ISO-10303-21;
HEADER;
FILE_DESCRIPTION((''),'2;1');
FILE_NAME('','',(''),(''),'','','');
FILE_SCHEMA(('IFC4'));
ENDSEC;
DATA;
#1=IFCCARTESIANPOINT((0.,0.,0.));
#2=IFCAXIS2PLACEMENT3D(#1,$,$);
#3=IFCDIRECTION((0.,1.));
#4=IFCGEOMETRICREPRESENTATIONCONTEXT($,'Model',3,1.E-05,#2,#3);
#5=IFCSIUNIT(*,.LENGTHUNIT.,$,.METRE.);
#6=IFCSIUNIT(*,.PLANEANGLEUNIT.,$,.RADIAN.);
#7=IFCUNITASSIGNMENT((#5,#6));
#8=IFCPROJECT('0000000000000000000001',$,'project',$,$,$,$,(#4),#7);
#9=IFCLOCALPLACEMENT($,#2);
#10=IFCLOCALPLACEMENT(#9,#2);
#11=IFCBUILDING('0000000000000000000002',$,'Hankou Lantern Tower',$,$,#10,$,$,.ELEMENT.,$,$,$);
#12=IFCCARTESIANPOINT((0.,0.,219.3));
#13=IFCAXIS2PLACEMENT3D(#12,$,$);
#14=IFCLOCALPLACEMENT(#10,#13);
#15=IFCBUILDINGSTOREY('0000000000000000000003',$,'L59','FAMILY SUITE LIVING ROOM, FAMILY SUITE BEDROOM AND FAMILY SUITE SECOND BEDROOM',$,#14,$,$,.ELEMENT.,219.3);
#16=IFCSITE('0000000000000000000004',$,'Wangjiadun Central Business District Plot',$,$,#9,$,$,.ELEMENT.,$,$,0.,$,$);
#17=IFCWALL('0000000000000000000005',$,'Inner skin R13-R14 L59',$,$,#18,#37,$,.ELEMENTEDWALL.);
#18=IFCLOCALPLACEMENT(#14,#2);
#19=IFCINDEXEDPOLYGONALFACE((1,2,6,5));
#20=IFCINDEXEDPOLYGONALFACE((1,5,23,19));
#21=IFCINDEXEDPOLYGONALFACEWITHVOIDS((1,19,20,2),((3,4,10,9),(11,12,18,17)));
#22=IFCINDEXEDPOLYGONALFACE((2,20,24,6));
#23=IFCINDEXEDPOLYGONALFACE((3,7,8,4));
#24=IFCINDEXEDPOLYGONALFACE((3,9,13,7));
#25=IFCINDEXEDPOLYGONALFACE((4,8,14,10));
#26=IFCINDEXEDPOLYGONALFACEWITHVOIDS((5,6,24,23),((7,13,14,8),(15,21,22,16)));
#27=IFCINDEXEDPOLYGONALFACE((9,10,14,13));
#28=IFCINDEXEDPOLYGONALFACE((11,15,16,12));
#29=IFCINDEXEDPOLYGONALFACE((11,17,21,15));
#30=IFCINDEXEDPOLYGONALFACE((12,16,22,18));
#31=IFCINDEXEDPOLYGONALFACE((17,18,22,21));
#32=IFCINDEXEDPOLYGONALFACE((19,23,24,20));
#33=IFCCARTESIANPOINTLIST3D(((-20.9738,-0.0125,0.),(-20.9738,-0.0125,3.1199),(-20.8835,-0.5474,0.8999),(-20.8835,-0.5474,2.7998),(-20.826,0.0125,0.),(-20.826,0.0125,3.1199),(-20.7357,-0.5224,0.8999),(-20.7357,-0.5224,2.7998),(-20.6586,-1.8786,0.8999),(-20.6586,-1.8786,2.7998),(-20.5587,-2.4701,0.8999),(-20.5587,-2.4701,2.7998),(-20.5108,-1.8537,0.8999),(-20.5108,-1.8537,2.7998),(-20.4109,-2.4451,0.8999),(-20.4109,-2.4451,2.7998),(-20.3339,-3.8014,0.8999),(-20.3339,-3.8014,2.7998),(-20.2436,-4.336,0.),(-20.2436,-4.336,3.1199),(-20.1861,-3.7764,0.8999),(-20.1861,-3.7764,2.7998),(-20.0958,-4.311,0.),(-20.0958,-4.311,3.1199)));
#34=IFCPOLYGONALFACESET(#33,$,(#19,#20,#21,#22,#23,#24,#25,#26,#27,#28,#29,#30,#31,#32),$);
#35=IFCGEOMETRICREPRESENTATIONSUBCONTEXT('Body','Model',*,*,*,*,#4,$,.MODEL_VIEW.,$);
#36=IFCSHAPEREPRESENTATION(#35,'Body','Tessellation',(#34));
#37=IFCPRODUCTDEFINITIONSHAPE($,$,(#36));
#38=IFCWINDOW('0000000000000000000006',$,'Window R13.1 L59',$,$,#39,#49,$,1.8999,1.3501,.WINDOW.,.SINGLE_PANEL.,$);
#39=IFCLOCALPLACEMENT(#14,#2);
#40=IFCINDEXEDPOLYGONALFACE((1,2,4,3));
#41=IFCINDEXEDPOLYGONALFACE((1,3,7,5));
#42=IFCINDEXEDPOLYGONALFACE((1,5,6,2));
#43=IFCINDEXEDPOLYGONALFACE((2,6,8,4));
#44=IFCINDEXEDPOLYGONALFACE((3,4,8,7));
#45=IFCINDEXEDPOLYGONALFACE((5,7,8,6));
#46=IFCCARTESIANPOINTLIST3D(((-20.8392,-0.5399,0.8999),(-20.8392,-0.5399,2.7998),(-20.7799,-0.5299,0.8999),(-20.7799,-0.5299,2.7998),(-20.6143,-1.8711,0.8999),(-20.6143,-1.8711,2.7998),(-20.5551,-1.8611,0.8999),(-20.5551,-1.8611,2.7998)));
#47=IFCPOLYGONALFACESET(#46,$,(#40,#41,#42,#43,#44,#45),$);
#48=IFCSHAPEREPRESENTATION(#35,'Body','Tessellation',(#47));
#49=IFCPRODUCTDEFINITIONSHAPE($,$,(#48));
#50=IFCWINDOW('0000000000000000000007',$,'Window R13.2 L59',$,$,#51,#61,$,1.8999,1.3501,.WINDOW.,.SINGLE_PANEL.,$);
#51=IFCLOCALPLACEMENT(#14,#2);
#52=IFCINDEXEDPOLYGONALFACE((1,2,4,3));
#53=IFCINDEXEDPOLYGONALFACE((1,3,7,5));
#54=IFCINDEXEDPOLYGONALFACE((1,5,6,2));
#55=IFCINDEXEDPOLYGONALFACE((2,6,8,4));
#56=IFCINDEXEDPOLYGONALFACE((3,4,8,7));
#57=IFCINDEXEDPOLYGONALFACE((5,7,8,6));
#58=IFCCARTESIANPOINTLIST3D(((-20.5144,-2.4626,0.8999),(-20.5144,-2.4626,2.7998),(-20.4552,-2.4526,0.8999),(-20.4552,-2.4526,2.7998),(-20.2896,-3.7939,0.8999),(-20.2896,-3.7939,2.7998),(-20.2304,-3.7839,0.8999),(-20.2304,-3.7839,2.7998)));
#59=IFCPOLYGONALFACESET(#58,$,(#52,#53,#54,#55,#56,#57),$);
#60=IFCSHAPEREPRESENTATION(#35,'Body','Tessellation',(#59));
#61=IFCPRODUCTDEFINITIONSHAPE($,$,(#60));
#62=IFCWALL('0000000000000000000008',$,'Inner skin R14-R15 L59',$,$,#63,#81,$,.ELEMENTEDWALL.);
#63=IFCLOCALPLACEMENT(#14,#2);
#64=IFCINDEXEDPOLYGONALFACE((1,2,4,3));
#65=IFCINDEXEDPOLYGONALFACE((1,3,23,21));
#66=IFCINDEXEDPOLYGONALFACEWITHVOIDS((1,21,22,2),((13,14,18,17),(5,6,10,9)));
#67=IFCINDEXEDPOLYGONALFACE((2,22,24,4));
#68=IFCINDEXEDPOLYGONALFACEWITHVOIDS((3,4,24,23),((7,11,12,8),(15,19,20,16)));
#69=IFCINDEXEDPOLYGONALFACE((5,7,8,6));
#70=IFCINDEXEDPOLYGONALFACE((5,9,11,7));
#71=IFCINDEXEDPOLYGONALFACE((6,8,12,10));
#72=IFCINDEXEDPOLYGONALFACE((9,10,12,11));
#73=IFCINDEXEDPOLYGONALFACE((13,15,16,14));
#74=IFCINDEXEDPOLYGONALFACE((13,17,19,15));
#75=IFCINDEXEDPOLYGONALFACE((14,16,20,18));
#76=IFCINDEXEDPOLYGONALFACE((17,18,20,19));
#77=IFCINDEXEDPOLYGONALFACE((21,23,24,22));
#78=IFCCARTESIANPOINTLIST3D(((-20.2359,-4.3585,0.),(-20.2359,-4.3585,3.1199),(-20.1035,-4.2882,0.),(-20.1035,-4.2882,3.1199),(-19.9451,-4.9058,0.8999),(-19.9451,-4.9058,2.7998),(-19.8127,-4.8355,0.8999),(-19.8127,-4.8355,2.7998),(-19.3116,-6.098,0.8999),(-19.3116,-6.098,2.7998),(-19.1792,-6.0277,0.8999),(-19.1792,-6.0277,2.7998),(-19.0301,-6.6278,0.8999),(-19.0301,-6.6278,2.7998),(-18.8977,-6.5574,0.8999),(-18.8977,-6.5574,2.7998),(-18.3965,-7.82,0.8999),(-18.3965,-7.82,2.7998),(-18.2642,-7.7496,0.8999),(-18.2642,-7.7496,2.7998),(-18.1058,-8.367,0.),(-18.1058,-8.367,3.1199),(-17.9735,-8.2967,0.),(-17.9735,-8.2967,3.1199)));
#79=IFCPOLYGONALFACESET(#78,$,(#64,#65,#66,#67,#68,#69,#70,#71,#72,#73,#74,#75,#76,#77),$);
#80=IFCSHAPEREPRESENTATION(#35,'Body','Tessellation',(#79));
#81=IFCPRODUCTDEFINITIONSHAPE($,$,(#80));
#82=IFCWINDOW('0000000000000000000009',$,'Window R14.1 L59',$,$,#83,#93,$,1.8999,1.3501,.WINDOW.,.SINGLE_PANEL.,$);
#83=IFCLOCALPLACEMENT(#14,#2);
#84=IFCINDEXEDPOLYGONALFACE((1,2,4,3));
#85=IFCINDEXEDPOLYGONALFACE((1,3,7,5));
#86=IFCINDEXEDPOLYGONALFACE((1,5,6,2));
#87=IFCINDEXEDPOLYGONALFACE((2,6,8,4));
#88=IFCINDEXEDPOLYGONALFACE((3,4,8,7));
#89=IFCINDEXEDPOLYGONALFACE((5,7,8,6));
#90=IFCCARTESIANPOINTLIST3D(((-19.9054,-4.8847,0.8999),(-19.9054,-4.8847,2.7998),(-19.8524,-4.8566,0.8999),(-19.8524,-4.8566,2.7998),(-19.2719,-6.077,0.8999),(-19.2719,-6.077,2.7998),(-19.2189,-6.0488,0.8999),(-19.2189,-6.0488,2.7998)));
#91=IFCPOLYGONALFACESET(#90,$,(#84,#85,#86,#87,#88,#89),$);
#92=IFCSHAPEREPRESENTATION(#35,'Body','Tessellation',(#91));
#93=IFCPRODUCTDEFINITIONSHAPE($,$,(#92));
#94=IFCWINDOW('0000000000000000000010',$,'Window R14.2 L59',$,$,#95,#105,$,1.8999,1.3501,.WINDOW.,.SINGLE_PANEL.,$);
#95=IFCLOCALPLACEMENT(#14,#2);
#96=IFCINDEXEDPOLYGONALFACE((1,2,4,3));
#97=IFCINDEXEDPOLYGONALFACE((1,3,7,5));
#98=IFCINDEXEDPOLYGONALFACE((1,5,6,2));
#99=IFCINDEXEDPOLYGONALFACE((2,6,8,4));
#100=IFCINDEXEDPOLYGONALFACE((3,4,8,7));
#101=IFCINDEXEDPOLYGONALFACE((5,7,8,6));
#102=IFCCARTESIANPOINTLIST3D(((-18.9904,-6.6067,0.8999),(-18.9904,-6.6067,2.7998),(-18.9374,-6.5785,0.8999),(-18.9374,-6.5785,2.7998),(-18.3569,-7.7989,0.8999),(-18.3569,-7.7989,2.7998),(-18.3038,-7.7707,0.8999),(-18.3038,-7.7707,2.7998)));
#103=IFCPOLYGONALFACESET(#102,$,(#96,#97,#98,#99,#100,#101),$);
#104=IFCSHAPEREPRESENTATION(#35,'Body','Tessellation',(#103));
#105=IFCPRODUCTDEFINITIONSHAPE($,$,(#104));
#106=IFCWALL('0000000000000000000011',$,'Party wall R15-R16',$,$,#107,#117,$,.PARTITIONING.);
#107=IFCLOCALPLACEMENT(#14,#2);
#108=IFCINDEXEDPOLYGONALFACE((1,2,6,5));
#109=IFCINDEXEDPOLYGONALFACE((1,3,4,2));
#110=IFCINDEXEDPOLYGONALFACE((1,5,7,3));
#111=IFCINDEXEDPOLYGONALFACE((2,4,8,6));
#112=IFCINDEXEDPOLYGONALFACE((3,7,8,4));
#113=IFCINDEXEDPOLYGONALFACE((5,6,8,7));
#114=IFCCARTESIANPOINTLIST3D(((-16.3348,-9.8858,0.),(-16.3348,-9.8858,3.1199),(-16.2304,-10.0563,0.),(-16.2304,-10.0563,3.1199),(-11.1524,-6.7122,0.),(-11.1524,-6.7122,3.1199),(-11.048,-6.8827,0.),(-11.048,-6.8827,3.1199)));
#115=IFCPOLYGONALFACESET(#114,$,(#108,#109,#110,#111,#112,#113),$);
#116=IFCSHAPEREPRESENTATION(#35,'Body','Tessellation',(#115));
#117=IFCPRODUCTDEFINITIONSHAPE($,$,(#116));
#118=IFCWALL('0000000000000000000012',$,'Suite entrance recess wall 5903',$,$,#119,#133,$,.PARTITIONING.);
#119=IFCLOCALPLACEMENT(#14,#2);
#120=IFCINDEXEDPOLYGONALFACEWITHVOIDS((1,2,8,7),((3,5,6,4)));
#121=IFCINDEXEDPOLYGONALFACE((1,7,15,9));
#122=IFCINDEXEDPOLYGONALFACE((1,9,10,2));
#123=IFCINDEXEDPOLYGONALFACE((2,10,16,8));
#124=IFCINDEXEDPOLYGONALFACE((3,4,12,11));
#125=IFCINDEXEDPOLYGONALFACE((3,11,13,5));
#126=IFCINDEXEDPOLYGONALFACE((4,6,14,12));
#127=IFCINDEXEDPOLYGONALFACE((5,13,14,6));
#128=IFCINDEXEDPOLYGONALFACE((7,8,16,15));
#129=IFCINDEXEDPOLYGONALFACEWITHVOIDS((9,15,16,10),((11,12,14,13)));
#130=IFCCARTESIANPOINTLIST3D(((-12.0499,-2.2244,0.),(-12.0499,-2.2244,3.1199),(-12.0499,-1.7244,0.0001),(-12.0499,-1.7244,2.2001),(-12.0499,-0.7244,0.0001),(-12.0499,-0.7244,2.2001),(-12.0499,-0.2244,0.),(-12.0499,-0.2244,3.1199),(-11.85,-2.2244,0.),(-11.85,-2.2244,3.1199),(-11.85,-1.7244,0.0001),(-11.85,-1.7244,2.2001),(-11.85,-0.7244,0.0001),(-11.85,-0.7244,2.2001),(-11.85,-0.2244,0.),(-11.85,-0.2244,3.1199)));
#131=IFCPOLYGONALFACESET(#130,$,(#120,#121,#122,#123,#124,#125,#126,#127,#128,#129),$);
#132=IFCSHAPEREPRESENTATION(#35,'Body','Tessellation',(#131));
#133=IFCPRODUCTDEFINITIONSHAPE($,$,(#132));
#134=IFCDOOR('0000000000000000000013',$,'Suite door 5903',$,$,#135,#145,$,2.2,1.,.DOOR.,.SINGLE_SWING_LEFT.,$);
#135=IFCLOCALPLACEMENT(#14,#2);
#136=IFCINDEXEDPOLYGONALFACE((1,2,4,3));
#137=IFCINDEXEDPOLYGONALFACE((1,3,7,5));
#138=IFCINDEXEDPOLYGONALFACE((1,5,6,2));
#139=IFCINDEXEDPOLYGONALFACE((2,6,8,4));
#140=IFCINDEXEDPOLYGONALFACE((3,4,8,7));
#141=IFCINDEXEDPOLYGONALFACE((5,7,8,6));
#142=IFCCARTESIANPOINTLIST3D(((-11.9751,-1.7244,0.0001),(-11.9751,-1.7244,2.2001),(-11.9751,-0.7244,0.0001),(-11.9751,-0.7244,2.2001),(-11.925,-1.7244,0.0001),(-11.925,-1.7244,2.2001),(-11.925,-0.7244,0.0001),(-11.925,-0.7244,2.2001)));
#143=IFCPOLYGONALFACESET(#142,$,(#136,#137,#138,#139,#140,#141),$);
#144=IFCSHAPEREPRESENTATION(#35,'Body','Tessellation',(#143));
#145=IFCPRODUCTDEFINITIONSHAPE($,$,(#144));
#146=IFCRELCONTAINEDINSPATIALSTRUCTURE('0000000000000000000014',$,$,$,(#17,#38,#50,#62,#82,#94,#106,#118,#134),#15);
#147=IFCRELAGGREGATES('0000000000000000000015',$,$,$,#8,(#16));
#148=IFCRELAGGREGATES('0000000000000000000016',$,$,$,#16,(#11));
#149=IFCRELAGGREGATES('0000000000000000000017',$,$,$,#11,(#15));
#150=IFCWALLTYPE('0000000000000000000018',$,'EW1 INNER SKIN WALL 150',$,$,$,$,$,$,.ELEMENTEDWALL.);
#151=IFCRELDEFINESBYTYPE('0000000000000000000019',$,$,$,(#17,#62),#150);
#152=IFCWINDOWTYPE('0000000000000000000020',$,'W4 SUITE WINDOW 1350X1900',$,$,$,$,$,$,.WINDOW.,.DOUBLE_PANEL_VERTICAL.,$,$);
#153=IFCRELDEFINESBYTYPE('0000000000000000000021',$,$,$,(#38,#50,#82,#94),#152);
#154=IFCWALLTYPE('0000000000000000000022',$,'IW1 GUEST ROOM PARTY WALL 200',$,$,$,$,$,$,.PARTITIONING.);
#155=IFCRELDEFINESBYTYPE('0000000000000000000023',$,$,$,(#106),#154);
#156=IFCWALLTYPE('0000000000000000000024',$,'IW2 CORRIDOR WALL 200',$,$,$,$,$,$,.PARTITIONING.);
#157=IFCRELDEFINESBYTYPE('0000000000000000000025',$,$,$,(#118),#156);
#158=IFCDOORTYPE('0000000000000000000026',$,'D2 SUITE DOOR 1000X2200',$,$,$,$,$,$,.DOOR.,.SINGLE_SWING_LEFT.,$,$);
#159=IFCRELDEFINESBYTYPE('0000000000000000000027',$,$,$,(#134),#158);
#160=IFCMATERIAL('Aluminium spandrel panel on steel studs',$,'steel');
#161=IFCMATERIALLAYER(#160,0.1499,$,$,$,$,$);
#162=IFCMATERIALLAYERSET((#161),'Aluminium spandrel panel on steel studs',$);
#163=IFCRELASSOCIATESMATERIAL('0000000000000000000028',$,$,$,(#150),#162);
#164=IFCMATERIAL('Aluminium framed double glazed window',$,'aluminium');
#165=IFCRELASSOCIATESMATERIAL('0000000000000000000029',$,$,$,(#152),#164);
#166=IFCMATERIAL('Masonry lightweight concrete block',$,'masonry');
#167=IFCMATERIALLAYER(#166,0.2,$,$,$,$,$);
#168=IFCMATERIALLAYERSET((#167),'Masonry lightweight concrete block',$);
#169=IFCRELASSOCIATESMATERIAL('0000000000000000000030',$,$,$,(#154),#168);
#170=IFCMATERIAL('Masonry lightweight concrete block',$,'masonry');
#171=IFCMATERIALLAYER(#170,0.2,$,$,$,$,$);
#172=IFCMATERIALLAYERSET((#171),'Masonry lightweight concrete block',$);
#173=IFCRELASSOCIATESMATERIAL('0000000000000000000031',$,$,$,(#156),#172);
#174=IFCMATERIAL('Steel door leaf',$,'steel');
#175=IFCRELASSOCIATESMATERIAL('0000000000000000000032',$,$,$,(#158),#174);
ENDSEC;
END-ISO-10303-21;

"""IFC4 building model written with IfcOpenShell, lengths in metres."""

from ifc_helpers import new_model, si_unit, direction, frame, frame_2d, origin, place, context, subcontext, project, spatial, rectangle, extrude, material, layer, layer_set, type_object, element, fill, save


model = new_model("IFC4")

# Units and contexts
model_context = context("Model", 3, precision=1e-05, world=origin(), true_north=direction((0.0, 1.0)))
body_context = subcontext(model_context, "Body", "Model", "MODEL_VIEW")
ifc_project = project(units=[si_unit("LENGTHUNIT", "METRE"), si_unit("PLANEANGLEUNIT", "RADIAN")], contexts=[model_context])

# Site, building, storey
site_placement = place(None, origin())
site = spatial("IfcSite", under=ifc_project, at=site_placement, Name="Wangjiadun Central Business District Plot", CompositionType="ELEMENT", RefElevation=0.0)
building_placement = place(site_placement, origin())
building = spatial("IfcBuilding", under=site, at=building_placement, Name="Hankou Lantern Tower", CompositionType="ELEMENT")
storey_placement = place(building_placement, frame((0.0, 0.0, 219.3)))
storey = spatial("IfcBuildingStorey", under=building, at=storey_placement, Name="L59", Description="FAMILY SUITE LIVING ROOM, FAMILY SUITE BEDROOM AND FAMILY SUITE SECOND BEDROOM", CompositionType="ELEMENT", Elevation=219.3)

# Walls, openings, windows
ifc_material_1 = material(Name="Aluminium spandrel panel on steel studs", Category="steel")
ifc_layer_1 = layer(ifc_material_1, 0.1499)
ifc_layer_set_1 = layer_set([ifc_layer_1], Name="Aluminium spandrel panel on steel studs")
wall_type_1 = type_object("IfcWallType", Name="EW1 INNER SKIN WALL 150", PredefinedType="ELEMENTEDWALL", material=ifc_layer_set_1)
wall_1_placement = place(storey_placement, frame((-20.8999, 0.0, 0.0), z_axis=(0.0, 0.0, 1.0), x_axis=(0.166539, -0.986035, 0.0)))
wall_1 = element("IfcWall", 1, at=wall_1_placement, inside=storey, type_object=wall_type_1, Name="Inner skin R13-R14 L59", PredefinedType="ELEMENTEDWALL", context=body_context, shape_type="SweptSolid", body=[
    extrude(rectangle(XDim=4.3848, YDim=0.1499, at=frame_2d((2.1924, 0.0))), origin(), (0.0, 0.0, 1.0), 3.1199),
])
opening_1_placement = place(wall_1_placement, frame((0.5425, 0.0, 0.8999)))
opening_1 = element("IfcOpeningElement", 2, at=opening_1_placement, cuts=wall_1, PredefinedType="OPENING", context=body_context, shape_type="SweptSolid", body=[
    extrude(rectangle(XDim=1.3501, YDim=1.8999, at=frame_2d((0.675, 0.95))), frame((0.0, 0.085, 0.0), z_axis=(0.0, -1.0, 0.0), x_axis=(1.0, 0.0, 0.0)), (0.0, 0.0, 1.0), 0.1699),
])
opening_2_placement = place(wall_1_placement, frame((2.4924, 0.0, 0.8999)))
opening_2 = element("IfcOpeningElement", 3, at=opening_2_placement, cuts=wall_1, PredefinedType="OPENING", context=body_context, shape_type="SweptSolid", body=[
    extrude(rectangle(XDim=1.3501, YDim=1.8999, at=frame_2d((0.675, 0.95))), frame((0.0, 0.085, 0.0), z_axis=(0.0, -1.0, 0.0), x_axis=(1.0, 0.0, 0.0)), (0.0, 0.0, 1.0), 0.1699),
])
ifc_material_2 = material(Name="Aluminium framed double glazed window", Category="aluminium")
window_type = type_object("IfcWindowType", Name="W4 SUITE WINDOW 1350X1900", PartitioningType="DOUBLE_PANEL_VERTICAL", PredefinedType="WINDOW", material=ifc_material_2)
window_1_placement = place(opening_1_placement, origin())
window_1 = element("IfcWindow", 4, at=window_1_placement, inside=storey, type_object=window_type, Name="Window R13.1 L59", OverallHeight=1.8999, OverallWidth=1.3501, PartitioningType="SINGLE_PANEL", PredefinedType="WINDOW", context=body_context, shape_type="SweptSolid", body=[
    extrude(rectangle(XDim=1.3501, YDim=1.8999, at=frame_2d((0.675, 0.95))), frame((0.0, 0.03, 0.0), z_axis=(0.0, -1.0, 0.0), x_axis=(1.0, 0.0, 0.0)), (0.0, 0.0, 1.0), 0.0601),
])
fill(opening_1, window_1)
window_2_placement = place(opening_2_placement, origin())
window_2 = element("IfcWindow", 5, at=window_2_placement, inside=storey, type_object=window_type, Name="Window R13.2 L59", OverallHeight=1.8999, OverallWidth=1.3501, PartitioningType="SINGLE_PANEL", PredefinedType="WINDOW", context=body_context, shape_type="SweptSolid", body=[
    extrude(rectangle(XDim=1.3501, YDim=1.8999, at=frame_2d((0.675, 0.95))), frame((0.0, 0.03, 0.0), z_axis=(0.0, -1.0, 0.0), x_axis=(1.0, 0.0, 0.0)), (0.0, 0.0, 1.0), 0.0601),
])
fill(opening_2, window_2)
wall_2_placement = place(storey_placement, frame((-20.1697, -4.3235, 0.0), z_axis=(0.0, 0.0, 1.0), x_axis=(0.469256, -0.883062, 0.0)))
wall_2 = element("IfcWall", 6, at=wall_2_placement, inside=storey, type_object=wall_type_1, Name="Inner skin R14-R15 L59", PredefinedType="ELEMENTEDWALL", context=body_context, shape_type="SweptSolid", body=[
    extrude(rectangle(XDim=4.5393, YDim=0.1499, at=frame_2d((2.2695, 0.0))), origin(), (0.0, 0.0, 1.0), 3.1199),
])
opening_3_placement = place(wall_2_placement, frame((0.6196, 0.0, 0.8999)))
opening_3 = element("IfcOpeningElement", 7, at=opening_3_placement, cuts=wall_2, PredefinedType="OPENING", context=body_context, shape_type="SweptSolid", body=[
    extrude(rectangle(XDim=1.3501, YDim=1.8999, at=frame_2d((0.675, 0.95))), frame((0.0, 0.085, 0.0), z_axis=(0.0, -1.0, 0.0), x_axis=(1.0, 0.0, 0.0)), (0.0, 0.0, 1.0), 0.1699),
])
opening_4_placement = place(wall_2_placement, frame((2.5696, 0.0, 0.8999)))
opening_4 = element("IfcOpeningElement", 8, at=opening_4_placement, cuts=wall_2, PredefinedType="OPENING", context=body_context, shape_type="SweptSolid", body=[
    extrude(rectangle(XDim=1.3501, YDim=1.8999, at=frame_2d((0.675, 0.95))), frame((0.0, 0.085, 0.0), z_axis=(0.0, -1.0, 0.0), x_axis=(1.0, 0.0, 0.0)), (0.0, 0.0, 1.0), 0.1699),
])
window_3_placement = place(opening_3_placement, origin())
window_3 = element("IfcWindow", 9, at=window_3_placement, inside=storey, type_object=window_type, Name="Window R14.1 L59", OverallHeight=1.8999, OverallWidth=1.3501, PartitioningType="SINGLE_PANEL", PredefinedType="WINDOW", context=body_context, shape_type="SweptSolid", body=[
    extrude(rectangle(XDim=1.3501, YDim=1.8999, at=frame_2d((0.675, 0.95))), frame((0.0, 0.03, 0.0), z_axis=(0.0, -1.0, 0.0), x_axis=(1.0, 0.0, 0.0)), (0.0, 0.0, 1.0), 0.0601),
])
fill(opening_3, window_3)
window_4_placement = place(opening_4_placement, origin())
window_4 = element("IfcWindow", 10, at=window_4_placement, inside=storey, type_object=window_type, Name="Window R14.2 L59", OverallHeight=1.8999, OverallWidth=1.3501, PartitioningType="SINGLE_PANEL", PredefinedType="WINDOW", context=body_context, shape_type="SweptSolid", body=[
    extrude(rectangle(XDim=1.3501, YDim=1.8999, at=frame_2d((0.675, 0.95))), frame((0.0, 0.03, 0.0), z_axis=(0.0, -1.0, 0.0), x_axis=(1.0, 0.0, 0.0)), (0.0, 0.0, 1.0), 0.0601),
])
fill(opening_4, window_4)

# Wall
ifc_material_3 = material(Name="Masonry lightweight concrete block", Category="masonry")
ifc_layer_2 = layer(ifc_material_3, 0.2)
ifc_layer_set_2 = layer_set([ifc_layer_2], Name="Masonry lightweight concrete block")
wall_type_2 = type_object("IfcWallType", Name="IW1 GUEST ROOM PARTY WALL 200", PredefinedType="PARTITIONING", material=ifc_layer_set_2)
wall_3_placement = place(storey_placement, frame((-11.1001, -6.7974, 0.0), z_axis=(0.0, 0.0, 1.0), x_axis=(-0.8528, -0.522238, 0.0)))
element("IfcWall", 11, at=wall_3_placement, inside=storey, type_object=wall_type_2, Name="Party wall R15-R16", PredefinedType="PARTITIONING", context=body_context, shape_type="SweptSolid", body=[
    extrude(rectangle(XDim=6.0769, YDim=0.2, at=frame_2d((3.0386, 0.0))), origin(), (0.0, 0.0, 1.0), 3.1199),
])

# Wall, opening, door
ifc_material_4 = material(Name="Masonry lightweight concrete block", Category="masonry")
ifc_layer_3 = layer(ifc_material_4, 0.2)
ifc_layer_set_3 = layer_set([ifc_layer_3], Name="Masonry lightweight concrete block")
wall_type_3 = type_object("IfcWallType", Name="IW2 CORRIDOR WALL 200", PredefinedType="PARTITIONING", material=ifc_layer_set_3)
wall_4_placement = place(storey_placement, frame((-11.95, -0.2244, 0.0), z_axis=(0.0, 0.0, 1.0), x_axis=(0.0, -1.0, 0.0)))
wall_4 = element("IfcWall", 12, at=wall_4_placement, inside=storey, type_object=wall_type_3, Name="Suite entrance recess wall 5903", PredefinedType="PARTITIONING", context=body_context, shape_type="SweptSolid", body=[
    extrude(rectangle(XDim=2.0, YDim=0.2, at=frame_2d((1.0, 0.0))), origin(), (0.0, 0.0, 1.0), 3.1199),
])
opening_5_placement = place(wall_4_placement, frame((0.5, 0.0, 0.0)))
opening_5 = element("IfcOpeningElement", 13, at=opening_5_placement, cuts=wall_4, PredefinedType="OPENING", context=body_context, shape_type="SweptSolid", body=[
    extrude(rectangle(XDim=1.0, YDim=2.2, at=frame_2d((0.5, 1.1001))), frame((0.0, 0.1099, 0.0), z_axis=(0.0, -1.0, 0.0), x_axis=(1.0, 0.0, 0.0)), (0.0, 0.0, 1.0), 0.22),
])
ifc_material_5 = material(Name="Steel door leaf", Category="steel")
door_type_1 = type_object("IfcDoorType", Name="D2 SUITE DOOR 1000X2200", OperationType="SINGLE_SWING_LEFT", PredefinedType="DOOR", material=ifc_material_5)
door_1_placement = place(opening_5_placement, origin())
door_1 = element("IfcDoor", 14, at=door_1_placement, inside=storey, type_object=door_type_1, Name="Suite door 5903", OperationType="SINGLE_SWING_LEFT", OverallHeight=2.2, OverallWidth=1.0, PredefinedType="DOOR", context=body_context, shape_type="SweptSolid", body=[
    extrude(rectangle(XDim=1.0, YDim=2.2, at=frame_2d((0.5, 1.1001))), frame((0.0, 0.0249, 0.0), z_axis=(0.0, -1.0, 0.0), x_axis=(1.0, 0.0, 0.0)), (0.0, 0.0, 1.0), 0.05),
])
fill(opening_5, door_1)

save(model, "model.ifc")
